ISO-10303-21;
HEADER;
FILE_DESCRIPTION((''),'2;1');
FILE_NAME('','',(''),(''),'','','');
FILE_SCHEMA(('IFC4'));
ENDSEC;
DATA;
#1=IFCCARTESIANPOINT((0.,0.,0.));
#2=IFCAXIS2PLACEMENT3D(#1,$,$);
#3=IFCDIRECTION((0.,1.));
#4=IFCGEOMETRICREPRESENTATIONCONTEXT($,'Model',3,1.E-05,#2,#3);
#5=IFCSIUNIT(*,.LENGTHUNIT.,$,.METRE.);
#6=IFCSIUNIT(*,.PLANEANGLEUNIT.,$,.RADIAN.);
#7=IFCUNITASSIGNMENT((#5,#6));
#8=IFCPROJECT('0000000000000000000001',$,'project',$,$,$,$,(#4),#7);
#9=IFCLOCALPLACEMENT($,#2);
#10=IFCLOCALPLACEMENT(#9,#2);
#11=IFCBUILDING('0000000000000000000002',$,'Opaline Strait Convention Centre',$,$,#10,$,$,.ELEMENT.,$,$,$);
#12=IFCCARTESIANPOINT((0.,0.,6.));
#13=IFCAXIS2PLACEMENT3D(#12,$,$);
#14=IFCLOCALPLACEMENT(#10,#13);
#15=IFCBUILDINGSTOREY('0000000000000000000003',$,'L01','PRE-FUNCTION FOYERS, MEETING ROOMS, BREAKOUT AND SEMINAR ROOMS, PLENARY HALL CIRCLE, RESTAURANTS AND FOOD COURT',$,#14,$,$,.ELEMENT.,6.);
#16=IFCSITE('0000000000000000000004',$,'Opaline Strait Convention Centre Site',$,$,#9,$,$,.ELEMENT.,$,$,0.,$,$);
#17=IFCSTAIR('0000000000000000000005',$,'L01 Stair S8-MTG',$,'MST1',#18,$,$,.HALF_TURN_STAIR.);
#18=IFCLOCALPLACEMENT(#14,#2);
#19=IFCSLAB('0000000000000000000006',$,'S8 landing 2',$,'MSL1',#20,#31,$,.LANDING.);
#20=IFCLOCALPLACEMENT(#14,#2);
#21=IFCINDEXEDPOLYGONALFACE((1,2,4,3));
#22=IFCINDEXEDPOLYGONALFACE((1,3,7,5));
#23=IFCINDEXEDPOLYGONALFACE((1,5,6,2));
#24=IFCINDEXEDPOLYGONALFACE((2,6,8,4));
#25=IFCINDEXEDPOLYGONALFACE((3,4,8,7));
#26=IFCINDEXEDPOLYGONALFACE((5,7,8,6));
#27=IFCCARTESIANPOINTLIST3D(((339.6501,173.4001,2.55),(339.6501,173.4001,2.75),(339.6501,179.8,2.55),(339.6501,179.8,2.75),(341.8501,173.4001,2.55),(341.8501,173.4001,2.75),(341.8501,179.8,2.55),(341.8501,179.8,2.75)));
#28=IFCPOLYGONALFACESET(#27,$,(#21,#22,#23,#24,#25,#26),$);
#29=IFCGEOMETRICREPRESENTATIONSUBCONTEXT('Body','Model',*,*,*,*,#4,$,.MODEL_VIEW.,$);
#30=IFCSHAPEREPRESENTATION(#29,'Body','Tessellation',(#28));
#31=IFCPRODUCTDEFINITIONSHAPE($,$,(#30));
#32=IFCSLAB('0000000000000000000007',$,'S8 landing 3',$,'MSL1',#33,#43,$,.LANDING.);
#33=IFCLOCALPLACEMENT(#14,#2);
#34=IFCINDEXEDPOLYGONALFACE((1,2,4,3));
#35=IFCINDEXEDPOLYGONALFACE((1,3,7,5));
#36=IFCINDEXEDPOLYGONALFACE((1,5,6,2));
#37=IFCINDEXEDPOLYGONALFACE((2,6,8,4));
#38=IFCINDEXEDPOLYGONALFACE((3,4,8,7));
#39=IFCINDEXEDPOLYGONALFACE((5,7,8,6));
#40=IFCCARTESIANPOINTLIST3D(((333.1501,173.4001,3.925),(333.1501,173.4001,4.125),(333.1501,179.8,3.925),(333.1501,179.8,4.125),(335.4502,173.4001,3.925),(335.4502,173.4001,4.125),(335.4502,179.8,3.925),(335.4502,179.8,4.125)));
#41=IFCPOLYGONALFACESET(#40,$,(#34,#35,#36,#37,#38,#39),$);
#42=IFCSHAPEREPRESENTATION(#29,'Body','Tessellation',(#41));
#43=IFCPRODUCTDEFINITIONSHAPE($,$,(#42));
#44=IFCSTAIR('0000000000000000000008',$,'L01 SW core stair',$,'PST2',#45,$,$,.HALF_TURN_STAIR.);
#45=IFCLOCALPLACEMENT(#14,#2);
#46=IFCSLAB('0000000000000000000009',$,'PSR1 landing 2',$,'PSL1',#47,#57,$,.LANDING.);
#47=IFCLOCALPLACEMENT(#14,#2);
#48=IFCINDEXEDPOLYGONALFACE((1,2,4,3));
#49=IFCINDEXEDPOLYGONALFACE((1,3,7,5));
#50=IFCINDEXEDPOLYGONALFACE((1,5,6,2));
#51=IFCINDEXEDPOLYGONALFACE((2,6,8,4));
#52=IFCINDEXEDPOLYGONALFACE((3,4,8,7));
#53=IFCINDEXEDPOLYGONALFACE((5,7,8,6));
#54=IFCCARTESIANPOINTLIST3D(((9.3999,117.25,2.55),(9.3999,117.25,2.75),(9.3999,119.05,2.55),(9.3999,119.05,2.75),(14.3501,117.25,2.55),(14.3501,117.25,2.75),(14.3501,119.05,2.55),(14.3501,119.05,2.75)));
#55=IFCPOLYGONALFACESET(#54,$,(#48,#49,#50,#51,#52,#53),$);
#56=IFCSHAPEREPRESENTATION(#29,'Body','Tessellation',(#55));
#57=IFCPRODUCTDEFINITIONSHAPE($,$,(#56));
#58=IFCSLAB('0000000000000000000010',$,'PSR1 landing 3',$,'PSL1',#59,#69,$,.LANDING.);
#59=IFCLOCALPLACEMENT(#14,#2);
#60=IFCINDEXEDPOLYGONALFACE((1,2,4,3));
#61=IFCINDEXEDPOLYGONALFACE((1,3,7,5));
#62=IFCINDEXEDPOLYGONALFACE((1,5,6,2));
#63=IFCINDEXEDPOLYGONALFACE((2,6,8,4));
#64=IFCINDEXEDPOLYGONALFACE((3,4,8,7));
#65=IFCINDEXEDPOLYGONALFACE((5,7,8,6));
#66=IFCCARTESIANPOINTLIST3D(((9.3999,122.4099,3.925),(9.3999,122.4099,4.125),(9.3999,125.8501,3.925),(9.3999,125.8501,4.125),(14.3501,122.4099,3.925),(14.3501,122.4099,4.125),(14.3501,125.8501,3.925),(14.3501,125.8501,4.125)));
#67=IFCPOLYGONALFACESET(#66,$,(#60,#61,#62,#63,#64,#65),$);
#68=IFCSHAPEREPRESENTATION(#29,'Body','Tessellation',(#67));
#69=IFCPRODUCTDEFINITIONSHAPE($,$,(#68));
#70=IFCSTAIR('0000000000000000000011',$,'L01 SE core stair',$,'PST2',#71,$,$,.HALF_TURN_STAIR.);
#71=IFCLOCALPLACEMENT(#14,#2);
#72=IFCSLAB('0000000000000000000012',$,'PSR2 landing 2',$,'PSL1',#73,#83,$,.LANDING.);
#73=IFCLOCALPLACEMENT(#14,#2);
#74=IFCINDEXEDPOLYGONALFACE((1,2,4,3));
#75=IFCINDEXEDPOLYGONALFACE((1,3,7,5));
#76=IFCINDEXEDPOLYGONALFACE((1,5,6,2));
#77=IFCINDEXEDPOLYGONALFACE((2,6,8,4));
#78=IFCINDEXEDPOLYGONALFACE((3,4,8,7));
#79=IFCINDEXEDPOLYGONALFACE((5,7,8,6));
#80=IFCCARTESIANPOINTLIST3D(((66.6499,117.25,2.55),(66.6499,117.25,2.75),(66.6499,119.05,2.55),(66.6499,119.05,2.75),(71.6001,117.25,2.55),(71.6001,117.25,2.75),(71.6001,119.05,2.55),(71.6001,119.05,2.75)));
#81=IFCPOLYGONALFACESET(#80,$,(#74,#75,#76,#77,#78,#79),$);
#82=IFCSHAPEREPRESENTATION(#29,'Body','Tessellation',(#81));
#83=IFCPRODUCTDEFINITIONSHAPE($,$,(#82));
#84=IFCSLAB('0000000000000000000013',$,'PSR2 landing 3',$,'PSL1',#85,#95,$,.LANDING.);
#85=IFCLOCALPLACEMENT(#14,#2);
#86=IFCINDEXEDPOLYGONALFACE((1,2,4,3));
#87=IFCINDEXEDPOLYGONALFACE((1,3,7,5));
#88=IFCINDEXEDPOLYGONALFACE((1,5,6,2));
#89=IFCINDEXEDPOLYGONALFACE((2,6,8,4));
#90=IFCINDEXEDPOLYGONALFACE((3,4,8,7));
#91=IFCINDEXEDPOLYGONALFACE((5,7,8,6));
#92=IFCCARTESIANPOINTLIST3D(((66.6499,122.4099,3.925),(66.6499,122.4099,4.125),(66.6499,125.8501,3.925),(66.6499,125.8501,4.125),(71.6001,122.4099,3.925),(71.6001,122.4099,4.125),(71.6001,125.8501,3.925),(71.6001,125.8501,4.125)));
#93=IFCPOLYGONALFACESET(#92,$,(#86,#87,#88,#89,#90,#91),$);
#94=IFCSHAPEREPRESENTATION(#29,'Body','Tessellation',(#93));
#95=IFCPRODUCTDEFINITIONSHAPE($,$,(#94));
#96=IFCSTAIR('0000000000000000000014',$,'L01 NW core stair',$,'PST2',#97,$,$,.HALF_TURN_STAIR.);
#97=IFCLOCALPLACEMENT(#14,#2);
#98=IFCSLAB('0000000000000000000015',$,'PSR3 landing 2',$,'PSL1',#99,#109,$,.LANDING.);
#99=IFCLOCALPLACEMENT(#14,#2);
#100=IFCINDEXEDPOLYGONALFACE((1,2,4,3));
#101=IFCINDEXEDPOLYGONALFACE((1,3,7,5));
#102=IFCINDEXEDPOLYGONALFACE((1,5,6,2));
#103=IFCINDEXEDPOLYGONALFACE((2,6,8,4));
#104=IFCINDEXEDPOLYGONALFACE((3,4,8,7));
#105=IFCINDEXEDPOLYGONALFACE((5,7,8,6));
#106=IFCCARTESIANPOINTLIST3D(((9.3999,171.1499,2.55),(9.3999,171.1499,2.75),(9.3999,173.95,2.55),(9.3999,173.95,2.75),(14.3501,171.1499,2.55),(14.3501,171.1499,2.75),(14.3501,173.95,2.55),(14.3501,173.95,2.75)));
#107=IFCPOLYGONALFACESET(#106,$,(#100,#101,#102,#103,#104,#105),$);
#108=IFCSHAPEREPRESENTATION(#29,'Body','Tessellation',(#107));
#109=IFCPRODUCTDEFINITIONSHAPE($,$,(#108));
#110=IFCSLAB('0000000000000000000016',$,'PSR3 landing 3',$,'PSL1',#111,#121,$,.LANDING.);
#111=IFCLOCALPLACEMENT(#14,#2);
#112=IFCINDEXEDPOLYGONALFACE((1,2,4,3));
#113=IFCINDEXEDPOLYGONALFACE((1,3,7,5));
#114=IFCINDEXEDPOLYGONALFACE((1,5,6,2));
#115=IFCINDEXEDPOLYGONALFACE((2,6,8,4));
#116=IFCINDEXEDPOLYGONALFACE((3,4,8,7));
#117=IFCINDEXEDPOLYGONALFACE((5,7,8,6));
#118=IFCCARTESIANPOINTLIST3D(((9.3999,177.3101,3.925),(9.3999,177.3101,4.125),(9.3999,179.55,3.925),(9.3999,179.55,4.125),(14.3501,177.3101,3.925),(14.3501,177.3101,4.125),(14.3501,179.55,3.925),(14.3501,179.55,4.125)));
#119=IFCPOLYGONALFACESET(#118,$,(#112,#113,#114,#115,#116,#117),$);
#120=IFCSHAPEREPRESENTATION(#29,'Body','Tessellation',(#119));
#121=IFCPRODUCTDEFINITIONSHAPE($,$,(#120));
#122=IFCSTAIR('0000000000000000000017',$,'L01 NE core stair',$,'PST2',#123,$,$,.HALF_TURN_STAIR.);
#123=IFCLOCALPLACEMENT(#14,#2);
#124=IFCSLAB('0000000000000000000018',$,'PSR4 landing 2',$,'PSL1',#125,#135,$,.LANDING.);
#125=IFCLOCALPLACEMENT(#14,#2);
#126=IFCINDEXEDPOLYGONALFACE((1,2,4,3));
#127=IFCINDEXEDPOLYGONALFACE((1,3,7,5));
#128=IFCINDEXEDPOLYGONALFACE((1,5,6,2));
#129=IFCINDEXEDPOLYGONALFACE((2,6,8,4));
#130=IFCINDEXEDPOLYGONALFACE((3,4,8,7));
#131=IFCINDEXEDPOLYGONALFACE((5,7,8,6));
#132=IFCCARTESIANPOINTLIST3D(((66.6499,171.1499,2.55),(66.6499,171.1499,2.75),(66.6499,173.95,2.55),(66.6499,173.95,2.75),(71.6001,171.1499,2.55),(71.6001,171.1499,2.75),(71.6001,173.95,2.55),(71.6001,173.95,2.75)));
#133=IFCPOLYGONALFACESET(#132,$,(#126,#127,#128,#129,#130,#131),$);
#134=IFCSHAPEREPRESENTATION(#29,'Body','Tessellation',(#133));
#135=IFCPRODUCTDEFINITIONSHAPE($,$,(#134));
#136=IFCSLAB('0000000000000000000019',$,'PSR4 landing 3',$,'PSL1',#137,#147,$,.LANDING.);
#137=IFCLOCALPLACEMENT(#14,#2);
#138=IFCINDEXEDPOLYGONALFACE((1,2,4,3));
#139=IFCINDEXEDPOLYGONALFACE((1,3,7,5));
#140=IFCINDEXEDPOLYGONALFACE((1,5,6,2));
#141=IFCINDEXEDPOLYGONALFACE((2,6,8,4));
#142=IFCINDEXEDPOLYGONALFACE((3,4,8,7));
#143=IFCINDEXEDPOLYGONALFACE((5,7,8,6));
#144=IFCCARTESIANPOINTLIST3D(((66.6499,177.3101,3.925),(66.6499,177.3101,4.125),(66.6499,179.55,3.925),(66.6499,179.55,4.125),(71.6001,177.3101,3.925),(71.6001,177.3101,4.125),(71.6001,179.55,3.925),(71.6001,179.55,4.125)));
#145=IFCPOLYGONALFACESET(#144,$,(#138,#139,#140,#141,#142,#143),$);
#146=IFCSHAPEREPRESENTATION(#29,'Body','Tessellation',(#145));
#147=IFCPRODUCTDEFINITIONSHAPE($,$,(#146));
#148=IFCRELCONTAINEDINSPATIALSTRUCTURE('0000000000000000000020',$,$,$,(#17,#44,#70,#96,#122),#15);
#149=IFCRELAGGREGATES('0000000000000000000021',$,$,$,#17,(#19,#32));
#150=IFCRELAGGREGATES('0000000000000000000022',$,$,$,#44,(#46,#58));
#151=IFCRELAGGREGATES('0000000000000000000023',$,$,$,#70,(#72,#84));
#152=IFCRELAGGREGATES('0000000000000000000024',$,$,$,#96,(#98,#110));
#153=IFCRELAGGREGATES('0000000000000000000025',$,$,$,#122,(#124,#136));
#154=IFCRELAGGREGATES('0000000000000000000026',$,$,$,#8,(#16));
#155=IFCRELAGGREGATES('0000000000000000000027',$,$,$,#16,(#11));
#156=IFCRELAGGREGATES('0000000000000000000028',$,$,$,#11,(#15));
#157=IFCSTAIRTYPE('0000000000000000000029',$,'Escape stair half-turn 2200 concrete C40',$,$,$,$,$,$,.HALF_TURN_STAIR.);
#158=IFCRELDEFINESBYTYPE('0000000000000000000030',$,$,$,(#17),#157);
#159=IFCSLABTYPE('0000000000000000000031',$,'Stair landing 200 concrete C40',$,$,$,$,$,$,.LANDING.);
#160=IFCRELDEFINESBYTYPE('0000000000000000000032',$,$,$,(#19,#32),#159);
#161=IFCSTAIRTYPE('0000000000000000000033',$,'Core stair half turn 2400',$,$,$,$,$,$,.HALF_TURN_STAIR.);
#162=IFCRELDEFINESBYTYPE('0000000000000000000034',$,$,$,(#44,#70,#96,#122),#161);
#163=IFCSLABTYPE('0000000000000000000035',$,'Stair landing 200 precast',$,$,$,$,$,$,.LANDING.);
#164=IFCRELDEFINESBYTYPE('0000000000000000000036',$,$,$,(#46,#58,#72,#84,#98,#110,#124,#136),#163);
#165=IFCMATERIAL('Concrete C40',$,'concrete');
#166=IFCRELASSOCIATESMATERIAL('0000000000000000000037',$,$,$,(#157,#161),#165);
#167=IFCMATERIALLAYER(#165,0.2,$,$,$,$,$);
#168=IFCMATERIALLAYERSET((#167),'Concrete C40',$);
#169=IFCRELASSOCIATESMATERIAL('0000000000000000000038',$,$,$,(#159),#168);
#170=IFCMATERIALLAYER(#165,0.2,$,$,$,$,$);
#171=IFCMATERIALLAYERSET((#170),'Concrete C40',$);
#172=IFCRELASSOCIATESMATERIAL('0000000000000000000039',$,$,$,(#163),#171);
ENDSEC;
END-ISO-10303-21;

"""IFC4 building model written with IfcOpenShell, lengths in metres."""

from ifc_helpers import new_model, si_unit, direction, frame, origin, place, context, subcontext, project, spatial, polyline, outline, extrude, material, layer, layer_set, type_object, element, aggregate, save


model = new_model("IFC4")

# Units and contexts
model_context = context("Model", 3, precision=1e-05, world=origin(), true_north=direction((0.0, 1.0)))
body_context = subcontext(model_context, "Body", "Model", "MODEL_VIEW")
ifc_project = project(units=[si_unit("LENGTHUNIT", "METRE"), si_unit("PLANEANGLEUNIT", "RADIAN")], contexts=[model_context])

# Site, building, storey
site_placement = place(None, origin())
site = spatial("IfcSite", under=ifc_project, at=site_placement, Name="Opaline Strait Convention Centre Site", CompositionType="ELEMENT", RefElevation=0.0)
building_placement = place(site_placement, origin())
building = spatial("IfcBuilding", under=site, at=building_placement, Name="Opaline Strait Convention Centre", CompositionType="ELEMENT")
storey_placement = place(building_placement, frame((0.0, 0.0, 6.0)))
storey = spatial("IfcBuildingStorey", under=building, at=storey_placement, Name="L01", Description="PRE-FUNCTION FOYERS, MEETING ROOMS, BREAKOUT AND SEMINAR ROOMS, PLENARY HALL CIRCLE, RESTAURANTS AND FOOD COURT", CompositionType="ELEMENT", Elevation=6.0)

# Shared definitions
ifc_material = material(Name="Concrete C40", Category="concrete")

# Stairs, slabs
stair_type_1 = type_object("IfcStairType", Name="Escape stair half-turn 2200 concrete C40", PredefinedType="HALF_TURN_STAIR", material=ifc_material)
ifc_layer_1 = layer(ifc_material, 0.2)
ifc_layer_set_1 = layer_set([ifc_layer_1], Name="Concrete C40")
slab_type_1 = type_object("IfcSlabType", Name="Stair landing 200 concrete C40", PredefinedType="LANDING", material=ifc_layer_set_1)
stair_1_placement = place(storey_placement, origin())
stair_1 = element("IfcStair", 1, at=stair_1_placement, inside=storey, type_object=stair_type_1, Name="L01 Stair S8-MTG", ObjectType="MST1", PredefinedType="HALF_TURN_STAIR")
slab_1_placement = place(storey_placement, frame((0.0, 0.0, 2.55)))
slab_1 = element("IfcSlab", 2, at=slab_1_placement, type_object=slab_type_1, Name="S8 landing 2", ObjectType="MSL1", PredefinedType="LANDING", context=body_context, shape_type="SweptSolid", body=[
    extrude(outline(polyline([(341.8501, 179.8), (339.6501, 179.8), (339.6501, 173.4001), (341.8501, 173.4001), (341.8501, 179.8)])), origin(), (0.0, 0.0, 1.0), 0.2),
])
slab_2_placement = place(storey_placement, frame((0.0, 0.0, 3.925)))
slab_2 = element("IfcSlab", 3, at=slab_2_placement, type_object=slab_type_1, Name="S8 landing 3", ObjectType="MSL1", PredefinedType="LANDING", context=body_context, shape_type="SweptSolid", body=[
    extrude(outline(polyline([(335.4502, 179.8), (333.1501, 179.8), (333.1501, 173.4001), (335.4502, 173.4001), (335.4502, 179.8)])), origin(), (0.0, 0.0, 1.0), 0.2),
])
aggregate(stair_1, [slab_1, slab_2])
stair_type_2 = type_object("IfcStairType", Name="Core stair half turn 2400", PredefinedType="HALF_TURN_STAIR", material=ifc_material)
stair_2_placement = place(storey_placement, origin())
stair_2 = element("IfcStair", 4, at=stair_2_placement, inside=storey, type_object=stair_type_2, Name="L01 SW core stair", ObjectType="PST2", PredefinedType="HALF_TURN_STAIR")
ifc_layer_2 = layer(ifc_material, 0.2)
ifc_layer_set_2 = layer_set([ifc_layer_2], Name="Concrete C40")
slab_type_2 = type_object("IfcSlabType", Name="Stair landing 200 precast", PredefinedType="LANDING", material=ifc_layer_set_2)
slab_3_placement = place(storey_placement, frame((0.0, 0.0, 2.55)))
slab_3 = element("IfcSlab", 5, at=slab_3_placement, type_object=slab_type_2, Name="PSR1 landing 2", ObjectType="PSL1", PredefinedType="LANDING", context=body_context, shape_type="SweptSolid", body=[
    extrude(outline(polyline([(14.3501, 117.25), (14.3501, 119.05), (9.3999, 119.05), (9.3999, 117.25), (14.3501, 117.25)])), origin(), (0.0, 0.0, 1.0), 0.2),
])
slab_4_placement = place(storey_placement, frame((0.0, 0.0, 3.925)))
slab_4 = element("IfcSlab", 6, at=slab_4_placement, type_object=slab_type_2, Name="PSR1 landing 3", ObjectType="PSL1", PredefinedType="LANDING", context=body_context, shape_type="SweptSolid", body=[
    extrude(outline(polyline([(14.3501, 122.4099), (14.3501, 125.8501), (9.3999, 125.8501), (9.3999, 122.4099), (14.3501, 122.4099)])), origin(), (0.0, 0.0, 1.0), 0.2),
])
aggregate(stair_2, [slab_3, slab_4])
stair_3_placement = place(storey_placement, origin())
stair_3 = element("IfcStair", 7, at=stair_3_placement, inside=storey, type_object=stair_type_2, Name="L01 SE core stair", ObjectType="PST2", PredefinedType="HALF_TURN_STAIR")
slab_5_placement = place(storey_placement, frame((0.0, 0.0, 2.55)))
slab_5 = element("IfcSlab", 8, at=slab_5_placement, type_object=slab_type_2, Name="PSR2 landing 2", ObjectType="PSL1", PredefinedType="LANDING", context=body_context, shape_type="SweptSolid", body=[
    extrude(outline(polyline([(71.6001, 117.25), (71.6001, 119.05), (66.6499, 119.05), (66.6499, 117.25), (71.6001, 117.25)])), origin(), (0.0, 0.0, 1.0), 0.2),
])
slab_6_placement = place(storey_placement, frame((0.0, 0.0, 3.925)))
slab_6 = element("IfcSlab", 9, at=slab_6_placement, type_object=slab_type_2, Name="PSR2 landing 3", ObjectType="PSL1", PredefinedType="LANDING", context=body_context, shape_type="SweptSolid", body=[
    extrude(outline(polyline([(71.6001, 122.4099), (71.6001, 125.8501), (66.6499, 125.8501), (66.6499, 122.4099), (71.6001, 122.4099)])), origin(), (0.0, 0.0, 1.0), 0.2),
])
aggregate(stair_3, [slab_5, slab_6])
stair_4_placement = place(storey_placement, origin())
stair_4 = element("IfcStair", 10, at=stair_4_placement, inside=storey, type_object=stair_type_2, Name="L01 NW core stair", ObjectType="PST2", PredefinedType="HALF_TURN_STAIR")
slab_7_placement = place(storey_placement, frame((0.0, 0.0, 2.55)))
slab_7 = element("IfcSlab", 11, at=slab_7_placement, type_object=slab_type_2, Name="PSR3 landing 2", ObjectType="PSL1", PredefinedType="LANDING", context=body_context, shape_type="SweptSolid", body=[
    extrude(outline(polyline([(14.3501, 171.1499), (14.3501, 173.95), (9.3999, 173.95), (9.3999, 171.1499), (14.3501, 171.1499)])), origin(), (0.0, 0.0, 1.0), 0.2),
])
slab_8_placement = place(storey_placement, frame((0.0, 0.0, 3.925)))
slab_8 = element("IfcSlab", 12, at=slab_8_placement, type_object=slab_type_2, Name="PSR3 landing 3", ObjectType="PSL1", PredefinedType="LANDING", context=body_context, shape_type="SweptSolid", body=[
    extrude(outline(polyline([(14.3501, 177.3101), (14.3501, 179.55), (9.3999, 179.55), (9.3999, 177.3101), (14.3501, 177.3101)])), origin(), (0.0, 0.0, 1.0), 0.2),
])
aggregate(stair_4, [slab_7, slab_8])
stair_5_placement = place(storey_placement, origin())
stair_5 = element("IfcStair", 13, at=stair_5_placement, inside=storey, type_object=stair_type_2, Name="L01 NE core stair", ObjectType="PST2", PredefinedType="HALF_TURN_STAIR")
slab_9_placement = place(storey_placement, frame((0.0, 0.0, 2.55)))
slab_9 = element("IfcSlab", 14, at=slab_9_placement, type_object=slab_type_2, Name="PSR4 landing 2", ObjectType="PSL1", PredefinedType="LANDING", context=body_context, shape_type="SweptSolid", body=[
    extrude(outline(polyline([(71.6001, 171.1499), (71.6001, 173.95), (66.6499, 173.95), (66.6499, 171.1499), (71.6001, 171.1499)])), origin(), (0.0, 0.0, 1.0), 0.2),
])
slab_10_placement = place(storey_placement, frame((0.0, 0.0, 3.925)))
slab_10 = element("IfcSlab", 15, at=slab_10_placement, type_object=slab_type_2, Name="PSR4 landing 3", ObjectType="PSL1", PredefinedType="LANDING", context=body_context, shape_type="SweptSolid", body=[
    extrude(outline(polyline([(71.6001, 177.3101), (71.6001, 179.55), (66.6499, 179.55), (66.6499, 177.3101), (71.6001, 177.3101)])), origin(), (0.0, 0.0, 1.0), 0.2),
])
aggregate(stair_5, [slab_9, slab_10])

save(model, "model.ifc")
